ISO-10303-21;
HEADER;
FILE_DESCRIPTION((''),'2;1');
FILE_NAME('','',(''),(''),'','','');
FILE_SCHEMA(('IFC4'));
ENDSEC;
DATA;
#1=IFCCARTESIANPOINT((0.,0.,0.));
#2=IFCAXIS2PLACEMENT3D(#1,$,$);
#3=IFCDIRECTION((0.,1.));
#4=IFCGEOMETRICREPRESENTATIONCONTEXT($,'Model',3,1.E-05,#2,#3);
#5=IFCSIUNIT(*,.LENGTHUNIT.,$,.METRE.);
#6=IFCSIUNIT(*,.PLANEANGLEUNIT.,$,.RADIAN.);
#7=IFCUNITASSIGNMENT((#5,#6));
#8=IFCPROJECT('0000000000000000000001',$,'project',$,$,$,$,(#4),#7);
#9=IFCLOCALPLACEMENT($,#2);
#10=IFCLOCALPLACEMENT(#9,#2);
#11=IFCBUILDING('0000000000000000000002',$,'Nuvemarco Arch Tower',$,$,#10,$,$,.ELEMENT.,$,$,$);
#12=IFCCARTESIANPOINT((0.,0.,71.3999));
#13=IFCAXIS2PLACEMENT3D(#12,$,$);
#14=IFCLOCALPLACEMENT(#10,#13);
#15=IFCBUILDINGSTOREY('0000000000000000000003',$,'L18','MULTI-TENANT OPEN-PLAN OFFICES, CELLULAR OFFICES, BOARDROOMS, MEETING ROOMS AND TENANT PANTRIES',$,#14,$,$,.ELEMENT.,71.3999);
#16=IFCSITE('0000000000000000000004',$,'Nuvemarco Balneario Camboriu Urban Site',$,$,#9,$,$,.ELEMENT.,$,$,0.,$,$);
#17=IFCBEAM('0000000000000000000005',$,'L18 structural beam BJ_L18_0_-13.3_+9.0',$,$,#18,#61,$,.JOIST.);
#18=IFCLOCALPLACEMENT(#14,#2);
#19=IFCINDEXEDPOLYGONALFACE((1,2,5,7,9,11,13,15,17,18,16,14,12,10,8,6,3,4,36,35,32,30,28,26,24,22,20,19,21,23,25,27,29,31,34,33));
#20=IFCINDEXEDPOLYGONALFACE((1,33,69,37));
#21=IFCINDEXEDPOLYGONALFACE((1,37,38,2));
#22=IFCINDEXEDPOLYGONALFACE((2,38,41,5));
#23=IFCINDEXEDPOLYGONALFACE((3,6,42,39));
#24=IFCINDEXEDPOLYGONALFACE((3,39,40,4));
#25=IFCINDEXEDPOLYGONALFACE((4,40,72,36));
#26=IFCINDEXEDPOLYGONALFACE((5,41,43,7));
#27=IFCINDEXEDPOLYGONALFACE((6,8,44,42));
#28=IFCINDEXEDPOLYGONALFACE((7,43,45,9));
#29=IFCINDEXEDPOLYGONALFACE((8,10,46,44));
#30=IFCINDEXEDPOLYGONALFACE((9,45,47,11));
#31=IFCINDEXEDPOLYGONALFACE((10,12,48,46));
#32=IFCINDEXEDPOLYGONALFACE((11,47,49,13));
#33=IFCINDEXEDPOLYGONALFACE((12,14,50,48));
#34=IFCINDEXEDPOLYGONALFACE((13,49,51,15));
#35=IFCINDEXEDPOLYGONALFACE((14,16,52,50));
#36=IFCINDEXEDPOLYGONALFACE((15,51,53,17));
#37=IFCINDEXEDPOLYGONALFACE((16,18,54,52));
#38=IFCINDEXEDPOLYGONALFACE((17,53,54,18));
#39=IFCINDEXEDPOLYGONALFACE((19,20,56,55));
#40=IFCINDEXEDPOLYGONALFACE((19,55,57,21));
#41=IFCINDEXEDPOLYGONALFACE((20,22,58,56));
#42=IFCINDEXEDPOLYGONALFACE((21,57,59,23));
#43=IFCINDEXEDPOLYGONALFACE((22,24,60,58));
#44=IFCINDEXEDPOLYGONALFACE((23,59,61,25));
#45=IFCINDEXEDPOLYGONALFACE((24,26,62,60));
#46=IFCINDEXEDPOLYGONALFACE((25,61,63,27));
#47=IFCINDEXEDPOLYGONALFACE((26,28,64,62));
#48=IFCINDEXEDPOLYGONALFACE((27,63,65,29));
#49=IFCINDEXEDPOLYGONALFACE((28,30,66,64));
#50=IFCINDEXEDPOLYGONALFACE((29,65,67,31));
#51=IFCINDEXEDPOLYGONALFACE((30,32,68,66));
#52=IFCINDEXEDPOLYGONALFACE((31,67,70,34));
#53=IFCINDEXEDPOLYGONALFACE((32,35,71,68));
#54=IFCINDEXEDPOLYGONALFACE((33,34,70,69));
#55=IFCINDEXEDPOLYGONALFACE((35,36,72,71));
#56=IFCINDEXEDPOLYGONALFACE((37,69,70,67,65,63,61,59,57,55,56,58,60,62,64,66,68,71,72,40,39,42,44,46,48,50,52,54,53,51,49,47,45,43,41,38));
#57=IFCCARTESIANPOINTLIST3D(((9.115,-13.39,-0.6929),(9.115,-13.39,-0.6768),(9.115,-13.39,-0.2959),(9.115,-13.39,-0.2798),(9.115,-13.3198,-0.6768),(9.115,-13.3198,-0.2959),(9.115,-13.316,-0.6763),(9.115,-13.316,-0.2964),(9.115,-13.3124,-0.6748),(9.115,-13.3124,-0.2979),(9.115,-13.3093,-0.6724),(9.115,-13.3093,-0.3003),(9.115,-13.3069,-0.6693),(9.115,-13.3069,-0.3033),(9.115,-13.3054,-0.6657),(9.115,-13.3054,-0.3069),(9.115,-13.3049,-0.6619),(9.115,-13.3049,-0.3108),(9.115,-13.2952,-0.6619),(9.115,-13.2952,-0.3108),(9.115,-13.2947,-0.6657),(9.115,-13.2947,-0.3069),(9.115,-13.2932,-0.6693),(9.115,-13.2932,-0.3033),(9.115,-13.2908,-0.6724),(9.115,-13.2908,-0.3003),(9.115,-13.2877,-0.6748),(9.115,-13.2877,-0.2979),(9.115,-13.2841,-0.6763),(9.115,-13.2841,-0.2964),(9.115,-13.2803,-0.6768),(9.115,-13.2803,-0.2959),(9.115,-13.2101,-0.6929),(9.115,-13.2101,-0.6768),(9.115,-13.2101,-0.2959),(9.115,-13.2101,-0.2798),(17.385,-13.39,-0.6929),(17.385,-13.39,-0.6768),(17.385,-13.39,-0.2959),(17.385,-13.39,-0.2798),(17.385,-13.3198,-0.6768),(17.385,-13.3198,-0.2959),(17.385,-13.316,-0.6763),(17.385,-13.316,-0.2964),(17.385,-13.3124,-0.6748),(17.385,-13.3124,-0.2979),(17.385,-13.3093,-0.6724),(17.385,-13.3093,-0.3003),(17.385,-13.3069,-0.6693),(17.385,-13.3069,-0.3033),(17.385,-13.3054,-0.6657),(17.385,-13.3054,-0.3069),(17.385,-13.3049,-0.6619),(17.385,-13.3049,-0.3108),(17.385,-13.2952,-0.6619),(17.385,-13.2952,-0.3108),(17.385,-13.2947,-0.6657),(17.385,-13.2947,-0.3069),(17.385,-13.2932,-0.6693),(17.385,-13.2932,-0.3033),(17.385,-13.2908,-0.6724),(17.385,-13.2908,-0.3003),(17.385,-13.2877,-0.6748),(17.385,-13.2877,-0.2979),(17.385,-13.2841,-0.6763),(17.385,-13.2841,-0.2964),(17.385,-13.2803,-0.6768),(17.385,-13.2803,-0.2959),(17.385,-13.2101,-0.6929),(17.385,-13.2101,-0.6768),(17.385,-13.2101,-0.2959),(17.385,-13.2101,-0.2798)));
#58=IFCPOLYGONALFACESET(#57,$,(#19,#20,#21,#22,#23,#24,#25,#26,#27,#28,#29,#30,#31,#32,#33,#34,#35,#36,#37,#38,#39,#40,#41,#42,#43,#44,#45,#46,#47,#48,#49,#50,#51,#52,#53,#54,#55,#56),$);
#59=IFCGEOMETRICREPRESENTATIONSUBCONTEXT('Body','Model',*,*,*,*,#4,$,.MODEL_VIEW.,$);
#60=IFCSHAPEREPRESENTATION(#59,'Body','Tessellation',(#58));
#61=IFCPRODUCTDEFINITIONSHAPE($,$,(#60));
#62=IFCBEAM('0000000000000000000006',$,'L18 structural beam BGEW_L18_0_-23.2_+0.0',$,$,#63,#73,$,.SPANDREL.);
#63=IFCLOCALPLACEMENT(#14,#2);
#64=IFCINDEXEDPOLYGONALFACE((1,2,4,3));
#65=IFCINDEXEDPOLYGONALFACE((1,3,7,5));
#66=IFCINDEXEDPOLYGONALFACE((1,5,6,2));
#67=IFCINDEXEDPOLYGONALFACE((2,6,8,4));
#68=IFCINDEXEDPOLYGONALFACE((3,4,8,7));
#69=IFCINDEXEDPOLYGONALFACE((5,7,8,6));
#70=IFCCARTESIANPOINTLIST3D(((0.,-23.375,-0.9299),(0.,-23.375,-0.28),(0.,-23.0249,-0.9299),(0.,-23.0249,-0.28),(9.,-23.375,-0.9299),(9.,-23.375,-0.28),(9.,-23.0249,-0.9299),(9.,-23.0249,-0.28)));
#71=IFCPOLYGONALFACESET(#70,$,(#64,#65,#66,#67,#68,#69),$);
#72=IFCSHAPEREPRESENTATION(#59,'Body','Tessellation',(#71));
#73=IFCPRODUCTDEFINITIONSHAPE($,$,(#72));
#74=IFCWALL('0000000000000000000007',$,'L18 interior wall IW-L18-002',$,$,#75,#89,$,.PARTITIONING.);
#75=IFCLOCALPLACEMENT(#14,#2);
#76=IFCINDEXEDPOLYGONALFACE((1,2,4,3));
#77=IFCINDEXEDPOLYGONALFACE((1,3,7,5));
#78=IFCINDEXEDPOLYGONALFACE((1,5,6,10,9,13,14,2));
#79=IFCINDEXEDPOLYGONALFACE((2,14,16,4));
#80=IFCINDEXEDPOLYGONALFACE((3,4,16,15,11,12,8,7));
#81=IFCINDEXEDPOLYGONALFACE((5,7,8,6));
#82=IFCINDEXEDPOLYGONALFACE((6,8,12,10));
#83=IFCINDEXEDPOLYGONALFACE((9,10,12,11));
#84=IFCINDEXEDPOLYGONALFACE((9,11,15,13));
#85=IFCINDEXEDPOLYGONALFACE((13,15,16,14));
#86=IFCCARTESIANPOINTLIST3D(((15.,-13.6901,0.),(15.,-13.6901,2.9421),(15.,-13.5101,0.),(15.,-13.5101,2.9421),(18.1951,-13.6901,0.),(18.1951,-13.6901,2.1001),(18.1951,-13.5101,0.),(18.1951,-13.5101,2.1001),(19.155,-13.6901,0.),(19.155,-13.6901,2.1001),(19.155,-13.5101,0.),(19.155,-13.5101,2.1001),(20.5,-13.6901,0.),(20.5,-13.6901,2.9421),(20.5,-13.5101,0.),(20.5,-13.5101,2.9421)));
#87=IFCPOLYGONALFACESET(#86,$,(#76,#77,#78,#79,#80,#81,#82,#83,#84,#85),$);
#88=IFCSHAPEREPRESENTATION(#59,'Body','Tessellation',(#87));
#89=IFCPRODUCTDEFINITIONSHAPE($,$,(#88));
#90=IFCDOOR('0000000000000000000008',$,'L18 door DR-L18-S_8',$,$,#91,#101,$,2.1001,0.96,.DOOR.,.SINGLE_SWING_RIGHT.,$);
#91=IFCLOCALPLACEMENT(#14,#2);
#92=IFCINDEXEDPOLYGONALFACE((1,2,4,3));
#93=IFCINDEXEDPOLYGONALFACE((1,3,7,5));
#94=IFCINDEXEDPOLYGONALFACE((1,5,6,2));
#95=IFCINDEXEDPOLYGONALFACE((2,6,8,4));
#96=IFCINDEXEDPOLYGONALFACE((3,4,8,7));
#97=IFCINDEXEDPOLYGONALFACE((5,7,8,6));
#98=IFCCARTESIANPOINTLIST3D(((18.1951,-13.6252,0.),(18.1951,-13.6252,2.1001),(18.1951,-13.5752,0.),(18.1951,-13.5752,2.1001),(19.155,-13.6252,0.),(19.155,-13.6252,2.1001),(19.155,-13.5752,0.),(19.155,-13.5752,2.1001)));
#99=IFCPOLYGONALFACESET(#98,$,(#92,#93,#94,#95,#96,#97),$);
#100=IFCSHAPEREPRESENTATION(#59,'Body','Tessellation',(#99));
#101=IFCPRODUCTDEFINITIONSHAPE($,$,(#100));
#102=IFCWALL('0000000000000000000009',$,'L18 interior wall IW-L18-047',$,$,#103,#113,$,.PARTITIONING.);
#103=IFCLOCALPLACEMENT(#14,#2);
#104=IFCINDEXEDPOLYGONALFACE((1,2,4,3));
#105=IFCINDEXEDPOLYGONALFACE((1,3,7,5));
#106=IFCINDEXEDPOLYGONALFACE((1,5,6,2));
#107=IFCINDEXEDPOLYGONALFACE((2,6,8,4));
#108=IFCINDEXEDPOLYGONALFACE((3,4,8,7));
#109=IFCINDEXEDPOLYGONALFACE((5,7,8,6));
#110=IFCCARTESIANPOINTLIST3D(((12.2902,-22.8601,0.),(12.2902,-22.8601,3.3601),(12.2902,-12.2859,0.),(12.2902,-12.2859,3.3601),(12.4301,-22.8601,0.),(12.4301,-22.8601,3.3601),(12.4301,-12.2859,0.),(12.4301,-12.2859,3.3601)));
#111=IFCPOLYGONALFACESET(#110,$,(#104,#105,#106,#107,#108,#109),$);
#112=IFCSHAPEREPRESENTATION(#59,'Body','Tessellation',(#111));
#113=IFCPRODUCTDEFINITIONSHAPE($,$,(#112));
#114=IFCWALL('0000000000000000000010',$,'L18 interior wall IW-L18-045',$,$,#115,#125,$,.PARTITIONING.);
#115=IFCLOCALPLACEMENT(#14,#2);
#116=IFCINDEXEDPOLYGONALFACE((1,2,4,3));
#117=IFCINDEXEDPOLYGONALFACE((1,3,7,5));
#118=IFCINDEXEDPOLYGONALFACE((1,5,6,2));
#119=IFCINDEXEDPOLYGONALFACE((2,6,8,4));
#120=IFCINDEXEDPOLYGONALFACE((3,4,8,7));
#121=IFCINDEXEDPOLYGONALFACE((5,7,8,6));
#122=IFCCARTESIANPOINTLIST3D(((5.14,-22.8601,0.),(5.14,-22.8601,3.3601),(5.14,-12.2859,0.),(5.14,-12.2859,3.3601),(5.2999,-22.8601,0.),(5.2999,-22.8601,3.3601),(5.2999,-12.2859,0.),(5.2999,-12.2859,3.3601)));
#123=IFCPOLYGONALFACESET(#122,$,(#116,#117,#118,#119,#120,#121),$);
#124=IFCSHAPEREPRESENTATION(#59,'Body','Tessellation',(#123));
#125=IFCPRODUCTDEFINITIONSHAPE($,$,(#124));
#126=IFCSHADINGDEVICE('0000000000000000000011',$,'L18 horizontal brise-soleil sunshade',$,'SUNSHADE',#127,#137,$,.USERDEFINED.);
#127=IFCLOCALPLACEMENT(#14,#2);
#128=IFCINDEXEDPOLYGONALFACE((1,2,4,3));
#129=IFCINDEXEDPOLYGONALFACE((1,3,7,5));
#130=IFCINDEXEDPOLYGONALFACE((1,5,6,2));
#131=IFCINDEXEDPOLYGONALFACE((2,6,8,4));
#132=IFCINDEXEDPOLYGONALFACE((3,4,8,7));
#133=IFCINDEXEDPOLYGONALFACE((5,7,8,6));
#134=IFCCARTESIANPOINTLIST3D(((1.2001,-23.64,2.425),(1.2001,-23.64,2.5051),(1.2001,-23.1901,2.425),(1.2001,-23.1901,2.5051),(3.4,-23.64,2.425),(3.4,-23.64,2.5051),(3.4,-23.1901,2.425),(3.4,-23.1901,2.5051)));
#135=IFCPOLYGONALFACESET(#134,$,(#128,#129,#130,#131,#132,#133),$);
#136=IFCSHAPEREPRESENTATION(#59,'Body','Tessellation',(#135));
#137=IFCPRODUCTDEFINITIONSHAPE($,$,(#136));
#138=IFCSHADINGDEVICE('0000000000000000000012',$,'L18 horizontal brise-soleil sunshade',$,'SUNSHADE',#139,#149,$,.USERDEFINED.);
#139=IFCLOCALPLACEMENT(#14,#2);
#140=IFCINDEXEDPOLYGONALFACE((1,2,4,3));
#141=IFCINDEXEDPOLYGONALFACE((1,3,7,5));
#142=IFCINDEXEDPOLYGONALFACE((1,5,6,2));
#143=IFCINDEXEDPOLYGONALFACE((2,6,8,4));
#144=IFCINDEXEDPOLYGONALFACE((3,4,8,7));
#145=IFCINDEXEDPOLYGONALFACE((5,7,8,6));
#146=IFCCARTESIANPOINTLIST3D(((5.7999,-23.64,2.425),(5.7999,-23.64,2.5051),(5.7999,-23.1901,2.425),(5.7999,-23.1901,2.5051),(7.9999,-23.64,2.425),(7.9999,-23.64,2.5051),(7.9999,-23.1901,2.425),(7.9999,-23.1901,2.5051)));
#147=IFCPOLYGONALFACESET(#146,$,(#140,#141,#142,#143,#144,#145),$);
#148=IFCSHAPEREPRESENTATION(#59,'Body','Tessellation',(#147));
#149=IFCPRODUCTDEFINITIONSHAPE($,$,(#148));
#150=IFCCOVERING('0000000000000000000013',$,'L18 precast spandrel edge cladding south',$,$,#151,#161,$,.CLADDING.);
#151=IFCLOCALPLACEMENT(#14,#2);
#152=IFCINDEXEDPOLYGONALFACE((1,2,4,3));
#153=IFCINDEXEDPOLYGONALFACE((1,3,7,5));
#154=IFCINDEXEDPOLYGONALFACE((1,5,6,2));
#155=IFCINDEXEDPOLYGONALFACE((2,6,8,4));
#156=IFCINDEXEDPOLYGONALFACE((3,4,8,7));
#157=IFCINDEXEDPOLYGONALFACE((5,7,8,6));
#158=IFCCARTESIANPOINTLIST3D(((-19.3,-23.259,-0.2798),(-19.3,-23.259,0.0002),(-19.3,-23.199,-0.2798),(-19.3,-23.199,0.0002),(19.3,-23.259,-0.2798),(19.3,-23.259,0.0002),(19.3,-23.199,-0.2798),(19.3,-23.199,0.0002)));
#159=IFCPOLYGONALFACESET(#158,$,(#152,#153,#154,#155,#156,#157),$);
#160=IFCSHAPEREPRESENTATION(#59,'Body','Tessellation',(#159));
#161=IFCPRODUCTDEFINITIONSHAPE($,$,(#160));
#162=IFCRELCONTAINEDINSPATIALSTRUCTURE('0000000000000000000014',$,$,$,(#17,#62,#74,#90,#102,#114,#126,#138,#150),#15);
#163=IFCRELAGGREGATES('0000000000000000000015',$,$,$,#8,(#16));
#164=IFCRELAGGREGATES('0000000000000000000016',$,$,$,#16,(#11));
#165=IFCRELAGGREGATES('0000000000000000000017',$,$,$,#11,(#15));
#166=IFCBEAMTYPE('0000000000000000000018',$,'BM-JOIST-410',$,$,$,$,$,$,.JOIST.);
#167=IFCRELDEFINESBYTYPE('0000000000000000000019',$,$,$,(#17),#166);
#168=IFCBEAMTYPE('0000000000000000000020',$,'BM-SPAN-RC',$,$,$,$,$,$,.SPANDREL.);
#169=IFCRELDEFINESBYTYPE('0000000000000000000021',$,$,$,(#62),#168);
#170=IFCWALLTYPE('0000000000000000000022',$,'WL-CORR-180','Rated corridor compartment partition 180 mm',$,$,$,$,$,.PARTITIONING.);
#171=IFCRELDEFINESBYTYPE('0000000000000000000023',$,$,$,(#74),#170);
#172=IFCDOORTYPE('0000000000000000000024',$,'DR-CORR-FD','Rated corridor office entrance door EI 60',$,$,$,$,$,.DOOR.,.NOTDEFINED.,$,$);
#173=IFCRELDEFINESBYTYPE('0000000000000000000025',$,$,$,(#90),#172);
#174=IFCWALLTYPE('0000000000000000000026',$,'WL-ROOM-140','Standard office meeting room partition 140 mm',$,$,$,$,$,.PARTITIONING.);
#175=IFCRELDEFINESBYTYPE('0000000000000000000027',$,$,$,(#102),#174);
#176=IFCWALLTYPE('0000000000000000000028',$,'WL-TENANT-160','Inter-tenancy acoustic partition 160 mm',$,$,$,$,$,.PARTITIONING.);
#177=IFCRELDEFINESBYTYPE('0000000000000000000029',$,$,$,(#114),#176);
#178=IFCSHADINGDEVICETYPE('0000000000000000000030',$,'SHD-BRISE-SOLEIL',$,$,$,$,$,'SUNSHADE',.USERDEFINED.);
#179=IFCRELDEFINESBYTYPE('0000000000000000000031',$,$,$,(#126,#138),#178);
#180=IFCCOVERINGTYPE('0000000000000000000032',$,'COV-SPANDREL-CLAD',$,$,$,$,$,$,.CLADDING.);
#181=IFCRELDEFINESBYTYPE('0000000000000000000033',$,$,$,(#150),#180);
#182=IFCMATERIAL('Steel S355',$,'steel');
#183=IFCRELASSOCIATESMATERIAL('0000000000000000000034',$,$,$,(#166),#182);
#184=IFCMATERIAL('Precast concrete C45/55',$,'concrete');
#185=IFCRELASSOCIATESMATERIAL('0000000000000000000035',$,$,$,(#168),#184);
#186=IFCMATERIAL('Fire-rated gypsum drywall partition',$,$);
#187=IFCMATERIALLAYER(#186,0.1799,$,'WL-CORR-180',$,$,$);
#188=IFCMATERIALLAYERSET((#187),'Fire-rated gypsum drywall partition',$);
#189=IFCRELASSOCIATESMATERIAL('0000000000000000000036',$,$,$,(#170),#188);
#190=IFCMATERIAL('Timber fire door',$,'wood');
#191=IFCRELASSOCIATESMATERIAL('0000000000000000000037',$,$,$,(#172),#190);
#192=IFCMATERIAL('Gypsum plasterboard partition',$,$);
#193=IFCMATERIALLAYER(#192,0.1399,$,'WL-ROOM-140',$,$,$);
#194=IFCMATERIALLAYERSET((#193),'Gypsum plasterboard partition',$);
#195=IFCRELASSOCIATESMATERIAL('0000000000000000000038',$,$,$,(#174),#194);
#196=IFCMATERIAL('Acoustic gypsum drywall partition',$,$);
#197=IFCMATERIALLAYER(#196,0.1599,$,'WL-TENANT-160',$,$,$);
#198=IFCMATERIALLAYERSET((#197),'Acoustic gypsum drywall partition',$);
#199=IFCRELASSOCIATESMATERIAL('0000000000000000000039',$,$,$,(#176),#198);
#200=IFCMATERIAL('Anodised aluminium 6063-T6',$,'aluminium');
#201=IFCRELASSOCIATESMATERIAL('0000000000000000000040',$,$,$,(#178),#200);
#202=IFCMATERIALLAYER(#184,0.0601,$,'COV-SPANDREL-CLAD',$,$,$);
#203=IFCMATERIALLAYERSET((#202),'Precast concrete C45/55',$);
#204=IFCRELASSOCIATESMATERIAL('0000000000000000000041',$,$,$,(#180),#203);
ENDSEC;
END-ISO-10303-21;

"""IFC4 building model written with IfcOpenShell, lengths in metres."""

from ifc_helpers import new_model, si_unit, direction, frame, frame_2d, origin, origin_2d, place, context, subcontext, project, spatial, rectangle, i_section, extrude, source, transform, mapped, material, layer, layer_set, material_profile, profile_set, type_object, type_shapes, element, fill, save


model = new_model("IFC4")

# Units and contexts
model_context = context("Model", 3, precision=1e-05, world=origin(), true_north=direction((0.0, 1.0)))
body_context = subcontext(model_context, "Body", "Model", "MODEL_VIEW")
ifc_project = project(units=[si_unit("LENGTHUNIT", "METRE"), si_unit("PLANEANGLEUNIT", "RADIAN")], contexts=[model_context])

# Site, building, storey
site_placement = place(None, origin())
site = spatial("IfcSite", under=ifc_project, at=site_placement, Name="Nuvemarco Balneario Camboriu Urban Site", CompositionType="ELEMENT", RefElevation=0.0)
building_placement = place(site_placement, origin())
building = spatial("IfcBuilding", under=site, at=building_placement, Name="Nuvemarco Arch Tower", CompositionType="ELEMENT")
storey_placement = place(building_placement, frame((0.0, 0.0, 71.3999)))
storey = spatial("IfcBuildingStorey", under=building, at=storey_placement, Name="L18", Description="MULTI-TENANT OPEN-PLAN OFFICES, CELLULAR OFFICES, BOARDROOMS, MEETING ROOMS AND TENANT PANTRIES", CompositionType="ELEMENT", Elevation=71.3999)

# Shared definitions
ifc_material_1 = material(Name="Steel S355", Category="steel")

# Beams
ifc_material_profile_1 = material_profile(ifc_material_1, i_section(OverallWidth=0.1799, OverallDepth=0.4131, WebThickness=0.0098, FlangeThickness=0.0161, FilletRadius=0.0149, at=origin_2d()), Name="W410x75")
ifc_profile_set_1 = profile_set([ifc_material_profile_1], Name="Steel S355")
beam_type_1 = type_object("IfcBeamType", Name="BM-JOIST-410", PredefinedType="JOIST", material=ifc_profile_set_1)
beam_1_placement = place(storey_placement, frame((9.115, -13.3, -0.4863), z_axis=(1.0, 0.0, 0.0), x_axis=(0.0, 1.0, 0.0)))
element("IfcBeam", 1, at=beam_1_placement, inside=storey, type_object=beam_type_1, Name="L18 structural beam BJ_L18_0_-13.3_+9.0", PredefinedType="JOIST", context=body_context, shape_type="SweptSolid", body=[
    extrude(i_section(OverallWidth=0.1799, OverallDepth=0.4131, WebThickness=0.0098, FlangeThickness=0.0161, FilletRadius=0.0149, at=origin_2d()), origin(), (0.0, 0.0, 1.0), 8.27),
])
ifc_material_2 = material(Name="Precast concrete C45/55", Category="concrete")
ifc_material_profile_2 = material_profile(ifc_material_2, rectangle(XDim=0.3501, YDim=0.6499, at=origin_2d()), Name="PC-SP-350x650")
ifc_profile_set_2 = profile_set([ifc_material_profile_2], Name="Precast concrete C45/55")
beam_type_2 = type_object("IfcBeamType", Name="BM-SPAN-RC", PredefinedType="SPANDREL", material=ifc_profile_set_2)
beam_2_placement = place(storey_placement, frame((0.0, -23.2, -0.605), z_axis=(1.0, 0.0, 0.0), x_axis=(0.0, 1.0, 0.0)))
element("IfcBeam", 2, at=beam_2_placement, inside=storey, type_object=beam_type_2, Name="L18 structural beam BGEW_L18_0_-23.2_+0.0", PredefinedType="SPANDREL", context=body_context, shape_type="SweptSolid", body=[
    extrude(rectangle(XDim=0.3501, YDim=0.6499, at=origin_2d()), origin(), (0.0, 0.0, 1.0), 9.0),
])

# Wall, opening, door
ifc_material_3 = material(Name="Fire-rated gypsum drywall partition")
ifc_layer_1 = layer(ifc_material_3, 0.1799, Name="WL-CORR-180")
ifc_layer_set_1 = layer_set([ifc_layer_1], Name="Fire-rated gypsum drywall partition")
wall_type_1 = type_object("IfcWallType", Name="WL-CORR-180", Description="Rated corridor compartment partition 180 mm", PredefinedType="PARTITIONING", material=ifc_layer_set_1)
wall_1_placement = place(storey_placement, frame((15.0, -13.6001, 0.0), z_axis=(0.0, 0.0, 1.0), x_axis=(1.0, 0.0, 0.0)))
wall_1 = element("IfcWall", 3, at=wall_1_placement, inside=storey, type_object=wall_type_1, Name="L18 interior wall IW-L18-002", PredefinedType="PARTITIONING", context=body_context, shape_type="SweptSolid", body=[
    extrude(rectangle(XDim=5.5, YDim=0.1799, at=frame_2d((2.75, 0.0))), origin(), (0.0, 0.0, 1.0), 2.9421),
])
opening_placement = place(wall_1_placement, frame((3.1951, 0.0, 0.0)))
opening = element("IfcOpeningElement", 4, at=opening_placement, cuts=wall_1, PredefinedType="OPENING", context=body_context, shape_type="SweptSolid", body=[
    extrude(rectangle(XDim=0.96, YDim=2.1001, at=frame_2d((0.48, 1.05))), frame((0.0, 0.0999, 0.0), z_axis=(0.0, -1.0, 0.0), x_axis=(1.0, 0.0, 0.0)), (0.0, 0.0, 1.0), 0.2),
])
ifc_material_4 = material(Name="Timber fire door", Category="wood")
door_type = type_object("IfcDoorType", Name="DR-CORR-FD", Description="Rated corridor office entrance door EI 60", OperationType="NOTDEFINED", PredefinedType="DOOR", material=ifc_material_4)
shared_shape_1 = source(origin(), body_context, "Body", "SweptSolid", [
    extrude(rectangle(XDim=0.96, YDim=2.1001, at=frame_2d((0.48, 1.05))), frame((0.0, 0.0249, 0.0), z_axis=(0.0, -1.0, 0.0), x_axis=(1.0, 0.0, 0.0)), (0.0, 0.0, 1.0), 0.05),
])
type_shapes(door_type, [shared_shape_1])
door_placement = place(opening_placement, origin())
door = element("IfcDoor", 5, at=door_placement, inside=storey, type_object=door_type, Name="L18 door DR-L18-S_8", OperationType="SINGLE_SWING_RIGHT", OverallHeight=2.1001, OverallWidth=0.96, PredefinedType="DOOR", context=body_context, shape_type="MappedRepresentation", body=[
    mapped(shared_shape_1, transform((0.0, 0.0, 0.0), scale=1.0)),
])
fill(opening, door)

# Walls
ifc_material_5 = material(Name="Gypsum plasterboard partition")
ifc_layer_2 = layer(ifc_material_5, 0.1399, Name="WL-ROOM-140")
ifc_layer_set_2 = layer_set([ifc_layer_2], Name="Gypsum plasterboard partition")
wall_type_2 = type_object("IfcWallType", Name="WL-ROOM-140", Description="Standard office meeting room partition 140 mm", PredefinedType="PARTITIONING", material=ifc_layer_set_2)
wall_2_placement = place(storey_placement, frame((12.3601, -22.8601, 0.0), z_axis=(0.0, 0.0, 1.0), x_axis=(0.0, 1.0, 0.0)))
element("IfcWall", 6, at=wall_2_placement, inside=storey, type_object=wall_type_2, Name="L18 interior wall IW-L18-047", PredefinedType="PARTITIONING", context=body_context, shape_type="SweptSolid", body=[
    extrude(rectangle(XDim=10.5742, YDim=0.1399, at=frame_2d((5.2871, 0.0))), origin(), (0.0, 0.0, 1.0), 3.3601),
])
ifc_material_6 = material(Name="Acoustic gypsum drywall partition")
ifc_layer_3 = layer(ifc_material_6, 0.1599, Name="WL-TENANT-160")
ifc_layer_set_3 = layer_set([ifc_layer_3], Name="Acoustic gypsum drywall partition")
wall_type_3 = type_object("IfcWallType", Name="WL-TENANT-160", Description="Inter-tenancy acoustic partition 160 mm", PredefinedType="PARTITIONING", material=ifc_layer_set_3)
wall_3_placement = place(storey_placement, frame((5.22, -22.8601, 0.0), z_axis=(0.0, 0.0, 1.0), x_axis=(0.0, 1.0, 0.0)))
element("IfcWall", 7, at=wall_3_placement, inside=storey, type_object=wall_type_3, Name="L18 interior wall IW-L18-045", PredefinedType="PARTITIONING", context=body_context, shape_type="SweptSolid", body=[
    extrude(rectangle(XDim=10.5742, YDim=0.1599, at=frame_2d((5.2871, 0.0))), origin(), (0.0, 0.0, 1.0), 3.3601),
])

# Shading devices
ifc_material_7 = material(Name="Anodised aluminium 6063-T6", Category="aluminium")
shading_device_type = type_object("IfcShadingDeviceType", Name="SHD-BRISE-SOLEIL", ElementType="SUNSHADE", PredefinedType="USERDEFINED", material=ifc_material_7)
shared_shape_2 = source(origin(), body_context, "Body", "SweptSolid", [
    extrude(rectangle(XDim=2.2, YDim=0.45, at=origin_2d()), origin(), (0.0, 0.0, 1.0), 0.0801),
])
type_shapes(shading_device_type, [shared_shape_2])
for number, where, z_axis, x_axis, name in (
    (8, (2.3, -23.415, 2.425), (0.0, 0.0, 1.0), (1.0, 0.0, 0.0), "L18 horizontal brise-soleil sunshade"),
    (9, (6.8999, -23.415, 2.425), (0.0, 0.0, 1.0), (1.0, 0.0, 0.0), "L18 horizontal brise-soleil sunshade"),
):
    element("IfcShadingDevice", number, at=place(storey_placement, frame(where, z_axis=z_axis, x_axis=x_axis)), inside=storey, type_object=shading_device_type, Name=name, ObjectType="SUNSHADE", PredefinedType="USERDEFINED", context=body_context, shape_type="MappedRepresentation", body=[
        mapped(shared_shape_2, transform((0.0, 0.0, 0.0), scale=1.0)),
    ])

# Covering
ifc_layer_4 = layer(ifc_material_2, 0.0601, Name="COV-SPANDREL-CLAD")
ifc_layer_set_4 = layer_set([ifc_layer_4], Name="Precast concrete C45/55")
covering_type = type_object("IfcCoveringType", Name="COV-SPANDREL-CLAD", PredefinedType="CLADDING", material=ifc_layer_set_4)
shared_shape_3 = source(origin(), body_context, "Body", "SweptSolid", [
    extrude(rectangle(XDim=38.6001, YDim=0.0601, at=origin_2d()), origin(), (0.0, 0.0, 1.0), 0.28),
])
type_shapes(covering_type, [shared_shape_3])
covering_placement = place(storey_placement, frame((0.0, -23.229, -0.2798), z_axis=(0.0, 0.0, 1.0), x_axis=(1.0, 0.0, 0.0)))
element("IfcCovering", 10, at=covering_placement, inside=storey, type_object=covering_type, Name="L18 precast spandrel edge cladding south", PredefinedType="CLADDING", context=body_context, shape_type="MappedRepresentation", body=[
    mapped(shared_shape_3, transform((0.0, 0.0, 0.0), scale=1.0)),
])

save(model, "model.ifc")
